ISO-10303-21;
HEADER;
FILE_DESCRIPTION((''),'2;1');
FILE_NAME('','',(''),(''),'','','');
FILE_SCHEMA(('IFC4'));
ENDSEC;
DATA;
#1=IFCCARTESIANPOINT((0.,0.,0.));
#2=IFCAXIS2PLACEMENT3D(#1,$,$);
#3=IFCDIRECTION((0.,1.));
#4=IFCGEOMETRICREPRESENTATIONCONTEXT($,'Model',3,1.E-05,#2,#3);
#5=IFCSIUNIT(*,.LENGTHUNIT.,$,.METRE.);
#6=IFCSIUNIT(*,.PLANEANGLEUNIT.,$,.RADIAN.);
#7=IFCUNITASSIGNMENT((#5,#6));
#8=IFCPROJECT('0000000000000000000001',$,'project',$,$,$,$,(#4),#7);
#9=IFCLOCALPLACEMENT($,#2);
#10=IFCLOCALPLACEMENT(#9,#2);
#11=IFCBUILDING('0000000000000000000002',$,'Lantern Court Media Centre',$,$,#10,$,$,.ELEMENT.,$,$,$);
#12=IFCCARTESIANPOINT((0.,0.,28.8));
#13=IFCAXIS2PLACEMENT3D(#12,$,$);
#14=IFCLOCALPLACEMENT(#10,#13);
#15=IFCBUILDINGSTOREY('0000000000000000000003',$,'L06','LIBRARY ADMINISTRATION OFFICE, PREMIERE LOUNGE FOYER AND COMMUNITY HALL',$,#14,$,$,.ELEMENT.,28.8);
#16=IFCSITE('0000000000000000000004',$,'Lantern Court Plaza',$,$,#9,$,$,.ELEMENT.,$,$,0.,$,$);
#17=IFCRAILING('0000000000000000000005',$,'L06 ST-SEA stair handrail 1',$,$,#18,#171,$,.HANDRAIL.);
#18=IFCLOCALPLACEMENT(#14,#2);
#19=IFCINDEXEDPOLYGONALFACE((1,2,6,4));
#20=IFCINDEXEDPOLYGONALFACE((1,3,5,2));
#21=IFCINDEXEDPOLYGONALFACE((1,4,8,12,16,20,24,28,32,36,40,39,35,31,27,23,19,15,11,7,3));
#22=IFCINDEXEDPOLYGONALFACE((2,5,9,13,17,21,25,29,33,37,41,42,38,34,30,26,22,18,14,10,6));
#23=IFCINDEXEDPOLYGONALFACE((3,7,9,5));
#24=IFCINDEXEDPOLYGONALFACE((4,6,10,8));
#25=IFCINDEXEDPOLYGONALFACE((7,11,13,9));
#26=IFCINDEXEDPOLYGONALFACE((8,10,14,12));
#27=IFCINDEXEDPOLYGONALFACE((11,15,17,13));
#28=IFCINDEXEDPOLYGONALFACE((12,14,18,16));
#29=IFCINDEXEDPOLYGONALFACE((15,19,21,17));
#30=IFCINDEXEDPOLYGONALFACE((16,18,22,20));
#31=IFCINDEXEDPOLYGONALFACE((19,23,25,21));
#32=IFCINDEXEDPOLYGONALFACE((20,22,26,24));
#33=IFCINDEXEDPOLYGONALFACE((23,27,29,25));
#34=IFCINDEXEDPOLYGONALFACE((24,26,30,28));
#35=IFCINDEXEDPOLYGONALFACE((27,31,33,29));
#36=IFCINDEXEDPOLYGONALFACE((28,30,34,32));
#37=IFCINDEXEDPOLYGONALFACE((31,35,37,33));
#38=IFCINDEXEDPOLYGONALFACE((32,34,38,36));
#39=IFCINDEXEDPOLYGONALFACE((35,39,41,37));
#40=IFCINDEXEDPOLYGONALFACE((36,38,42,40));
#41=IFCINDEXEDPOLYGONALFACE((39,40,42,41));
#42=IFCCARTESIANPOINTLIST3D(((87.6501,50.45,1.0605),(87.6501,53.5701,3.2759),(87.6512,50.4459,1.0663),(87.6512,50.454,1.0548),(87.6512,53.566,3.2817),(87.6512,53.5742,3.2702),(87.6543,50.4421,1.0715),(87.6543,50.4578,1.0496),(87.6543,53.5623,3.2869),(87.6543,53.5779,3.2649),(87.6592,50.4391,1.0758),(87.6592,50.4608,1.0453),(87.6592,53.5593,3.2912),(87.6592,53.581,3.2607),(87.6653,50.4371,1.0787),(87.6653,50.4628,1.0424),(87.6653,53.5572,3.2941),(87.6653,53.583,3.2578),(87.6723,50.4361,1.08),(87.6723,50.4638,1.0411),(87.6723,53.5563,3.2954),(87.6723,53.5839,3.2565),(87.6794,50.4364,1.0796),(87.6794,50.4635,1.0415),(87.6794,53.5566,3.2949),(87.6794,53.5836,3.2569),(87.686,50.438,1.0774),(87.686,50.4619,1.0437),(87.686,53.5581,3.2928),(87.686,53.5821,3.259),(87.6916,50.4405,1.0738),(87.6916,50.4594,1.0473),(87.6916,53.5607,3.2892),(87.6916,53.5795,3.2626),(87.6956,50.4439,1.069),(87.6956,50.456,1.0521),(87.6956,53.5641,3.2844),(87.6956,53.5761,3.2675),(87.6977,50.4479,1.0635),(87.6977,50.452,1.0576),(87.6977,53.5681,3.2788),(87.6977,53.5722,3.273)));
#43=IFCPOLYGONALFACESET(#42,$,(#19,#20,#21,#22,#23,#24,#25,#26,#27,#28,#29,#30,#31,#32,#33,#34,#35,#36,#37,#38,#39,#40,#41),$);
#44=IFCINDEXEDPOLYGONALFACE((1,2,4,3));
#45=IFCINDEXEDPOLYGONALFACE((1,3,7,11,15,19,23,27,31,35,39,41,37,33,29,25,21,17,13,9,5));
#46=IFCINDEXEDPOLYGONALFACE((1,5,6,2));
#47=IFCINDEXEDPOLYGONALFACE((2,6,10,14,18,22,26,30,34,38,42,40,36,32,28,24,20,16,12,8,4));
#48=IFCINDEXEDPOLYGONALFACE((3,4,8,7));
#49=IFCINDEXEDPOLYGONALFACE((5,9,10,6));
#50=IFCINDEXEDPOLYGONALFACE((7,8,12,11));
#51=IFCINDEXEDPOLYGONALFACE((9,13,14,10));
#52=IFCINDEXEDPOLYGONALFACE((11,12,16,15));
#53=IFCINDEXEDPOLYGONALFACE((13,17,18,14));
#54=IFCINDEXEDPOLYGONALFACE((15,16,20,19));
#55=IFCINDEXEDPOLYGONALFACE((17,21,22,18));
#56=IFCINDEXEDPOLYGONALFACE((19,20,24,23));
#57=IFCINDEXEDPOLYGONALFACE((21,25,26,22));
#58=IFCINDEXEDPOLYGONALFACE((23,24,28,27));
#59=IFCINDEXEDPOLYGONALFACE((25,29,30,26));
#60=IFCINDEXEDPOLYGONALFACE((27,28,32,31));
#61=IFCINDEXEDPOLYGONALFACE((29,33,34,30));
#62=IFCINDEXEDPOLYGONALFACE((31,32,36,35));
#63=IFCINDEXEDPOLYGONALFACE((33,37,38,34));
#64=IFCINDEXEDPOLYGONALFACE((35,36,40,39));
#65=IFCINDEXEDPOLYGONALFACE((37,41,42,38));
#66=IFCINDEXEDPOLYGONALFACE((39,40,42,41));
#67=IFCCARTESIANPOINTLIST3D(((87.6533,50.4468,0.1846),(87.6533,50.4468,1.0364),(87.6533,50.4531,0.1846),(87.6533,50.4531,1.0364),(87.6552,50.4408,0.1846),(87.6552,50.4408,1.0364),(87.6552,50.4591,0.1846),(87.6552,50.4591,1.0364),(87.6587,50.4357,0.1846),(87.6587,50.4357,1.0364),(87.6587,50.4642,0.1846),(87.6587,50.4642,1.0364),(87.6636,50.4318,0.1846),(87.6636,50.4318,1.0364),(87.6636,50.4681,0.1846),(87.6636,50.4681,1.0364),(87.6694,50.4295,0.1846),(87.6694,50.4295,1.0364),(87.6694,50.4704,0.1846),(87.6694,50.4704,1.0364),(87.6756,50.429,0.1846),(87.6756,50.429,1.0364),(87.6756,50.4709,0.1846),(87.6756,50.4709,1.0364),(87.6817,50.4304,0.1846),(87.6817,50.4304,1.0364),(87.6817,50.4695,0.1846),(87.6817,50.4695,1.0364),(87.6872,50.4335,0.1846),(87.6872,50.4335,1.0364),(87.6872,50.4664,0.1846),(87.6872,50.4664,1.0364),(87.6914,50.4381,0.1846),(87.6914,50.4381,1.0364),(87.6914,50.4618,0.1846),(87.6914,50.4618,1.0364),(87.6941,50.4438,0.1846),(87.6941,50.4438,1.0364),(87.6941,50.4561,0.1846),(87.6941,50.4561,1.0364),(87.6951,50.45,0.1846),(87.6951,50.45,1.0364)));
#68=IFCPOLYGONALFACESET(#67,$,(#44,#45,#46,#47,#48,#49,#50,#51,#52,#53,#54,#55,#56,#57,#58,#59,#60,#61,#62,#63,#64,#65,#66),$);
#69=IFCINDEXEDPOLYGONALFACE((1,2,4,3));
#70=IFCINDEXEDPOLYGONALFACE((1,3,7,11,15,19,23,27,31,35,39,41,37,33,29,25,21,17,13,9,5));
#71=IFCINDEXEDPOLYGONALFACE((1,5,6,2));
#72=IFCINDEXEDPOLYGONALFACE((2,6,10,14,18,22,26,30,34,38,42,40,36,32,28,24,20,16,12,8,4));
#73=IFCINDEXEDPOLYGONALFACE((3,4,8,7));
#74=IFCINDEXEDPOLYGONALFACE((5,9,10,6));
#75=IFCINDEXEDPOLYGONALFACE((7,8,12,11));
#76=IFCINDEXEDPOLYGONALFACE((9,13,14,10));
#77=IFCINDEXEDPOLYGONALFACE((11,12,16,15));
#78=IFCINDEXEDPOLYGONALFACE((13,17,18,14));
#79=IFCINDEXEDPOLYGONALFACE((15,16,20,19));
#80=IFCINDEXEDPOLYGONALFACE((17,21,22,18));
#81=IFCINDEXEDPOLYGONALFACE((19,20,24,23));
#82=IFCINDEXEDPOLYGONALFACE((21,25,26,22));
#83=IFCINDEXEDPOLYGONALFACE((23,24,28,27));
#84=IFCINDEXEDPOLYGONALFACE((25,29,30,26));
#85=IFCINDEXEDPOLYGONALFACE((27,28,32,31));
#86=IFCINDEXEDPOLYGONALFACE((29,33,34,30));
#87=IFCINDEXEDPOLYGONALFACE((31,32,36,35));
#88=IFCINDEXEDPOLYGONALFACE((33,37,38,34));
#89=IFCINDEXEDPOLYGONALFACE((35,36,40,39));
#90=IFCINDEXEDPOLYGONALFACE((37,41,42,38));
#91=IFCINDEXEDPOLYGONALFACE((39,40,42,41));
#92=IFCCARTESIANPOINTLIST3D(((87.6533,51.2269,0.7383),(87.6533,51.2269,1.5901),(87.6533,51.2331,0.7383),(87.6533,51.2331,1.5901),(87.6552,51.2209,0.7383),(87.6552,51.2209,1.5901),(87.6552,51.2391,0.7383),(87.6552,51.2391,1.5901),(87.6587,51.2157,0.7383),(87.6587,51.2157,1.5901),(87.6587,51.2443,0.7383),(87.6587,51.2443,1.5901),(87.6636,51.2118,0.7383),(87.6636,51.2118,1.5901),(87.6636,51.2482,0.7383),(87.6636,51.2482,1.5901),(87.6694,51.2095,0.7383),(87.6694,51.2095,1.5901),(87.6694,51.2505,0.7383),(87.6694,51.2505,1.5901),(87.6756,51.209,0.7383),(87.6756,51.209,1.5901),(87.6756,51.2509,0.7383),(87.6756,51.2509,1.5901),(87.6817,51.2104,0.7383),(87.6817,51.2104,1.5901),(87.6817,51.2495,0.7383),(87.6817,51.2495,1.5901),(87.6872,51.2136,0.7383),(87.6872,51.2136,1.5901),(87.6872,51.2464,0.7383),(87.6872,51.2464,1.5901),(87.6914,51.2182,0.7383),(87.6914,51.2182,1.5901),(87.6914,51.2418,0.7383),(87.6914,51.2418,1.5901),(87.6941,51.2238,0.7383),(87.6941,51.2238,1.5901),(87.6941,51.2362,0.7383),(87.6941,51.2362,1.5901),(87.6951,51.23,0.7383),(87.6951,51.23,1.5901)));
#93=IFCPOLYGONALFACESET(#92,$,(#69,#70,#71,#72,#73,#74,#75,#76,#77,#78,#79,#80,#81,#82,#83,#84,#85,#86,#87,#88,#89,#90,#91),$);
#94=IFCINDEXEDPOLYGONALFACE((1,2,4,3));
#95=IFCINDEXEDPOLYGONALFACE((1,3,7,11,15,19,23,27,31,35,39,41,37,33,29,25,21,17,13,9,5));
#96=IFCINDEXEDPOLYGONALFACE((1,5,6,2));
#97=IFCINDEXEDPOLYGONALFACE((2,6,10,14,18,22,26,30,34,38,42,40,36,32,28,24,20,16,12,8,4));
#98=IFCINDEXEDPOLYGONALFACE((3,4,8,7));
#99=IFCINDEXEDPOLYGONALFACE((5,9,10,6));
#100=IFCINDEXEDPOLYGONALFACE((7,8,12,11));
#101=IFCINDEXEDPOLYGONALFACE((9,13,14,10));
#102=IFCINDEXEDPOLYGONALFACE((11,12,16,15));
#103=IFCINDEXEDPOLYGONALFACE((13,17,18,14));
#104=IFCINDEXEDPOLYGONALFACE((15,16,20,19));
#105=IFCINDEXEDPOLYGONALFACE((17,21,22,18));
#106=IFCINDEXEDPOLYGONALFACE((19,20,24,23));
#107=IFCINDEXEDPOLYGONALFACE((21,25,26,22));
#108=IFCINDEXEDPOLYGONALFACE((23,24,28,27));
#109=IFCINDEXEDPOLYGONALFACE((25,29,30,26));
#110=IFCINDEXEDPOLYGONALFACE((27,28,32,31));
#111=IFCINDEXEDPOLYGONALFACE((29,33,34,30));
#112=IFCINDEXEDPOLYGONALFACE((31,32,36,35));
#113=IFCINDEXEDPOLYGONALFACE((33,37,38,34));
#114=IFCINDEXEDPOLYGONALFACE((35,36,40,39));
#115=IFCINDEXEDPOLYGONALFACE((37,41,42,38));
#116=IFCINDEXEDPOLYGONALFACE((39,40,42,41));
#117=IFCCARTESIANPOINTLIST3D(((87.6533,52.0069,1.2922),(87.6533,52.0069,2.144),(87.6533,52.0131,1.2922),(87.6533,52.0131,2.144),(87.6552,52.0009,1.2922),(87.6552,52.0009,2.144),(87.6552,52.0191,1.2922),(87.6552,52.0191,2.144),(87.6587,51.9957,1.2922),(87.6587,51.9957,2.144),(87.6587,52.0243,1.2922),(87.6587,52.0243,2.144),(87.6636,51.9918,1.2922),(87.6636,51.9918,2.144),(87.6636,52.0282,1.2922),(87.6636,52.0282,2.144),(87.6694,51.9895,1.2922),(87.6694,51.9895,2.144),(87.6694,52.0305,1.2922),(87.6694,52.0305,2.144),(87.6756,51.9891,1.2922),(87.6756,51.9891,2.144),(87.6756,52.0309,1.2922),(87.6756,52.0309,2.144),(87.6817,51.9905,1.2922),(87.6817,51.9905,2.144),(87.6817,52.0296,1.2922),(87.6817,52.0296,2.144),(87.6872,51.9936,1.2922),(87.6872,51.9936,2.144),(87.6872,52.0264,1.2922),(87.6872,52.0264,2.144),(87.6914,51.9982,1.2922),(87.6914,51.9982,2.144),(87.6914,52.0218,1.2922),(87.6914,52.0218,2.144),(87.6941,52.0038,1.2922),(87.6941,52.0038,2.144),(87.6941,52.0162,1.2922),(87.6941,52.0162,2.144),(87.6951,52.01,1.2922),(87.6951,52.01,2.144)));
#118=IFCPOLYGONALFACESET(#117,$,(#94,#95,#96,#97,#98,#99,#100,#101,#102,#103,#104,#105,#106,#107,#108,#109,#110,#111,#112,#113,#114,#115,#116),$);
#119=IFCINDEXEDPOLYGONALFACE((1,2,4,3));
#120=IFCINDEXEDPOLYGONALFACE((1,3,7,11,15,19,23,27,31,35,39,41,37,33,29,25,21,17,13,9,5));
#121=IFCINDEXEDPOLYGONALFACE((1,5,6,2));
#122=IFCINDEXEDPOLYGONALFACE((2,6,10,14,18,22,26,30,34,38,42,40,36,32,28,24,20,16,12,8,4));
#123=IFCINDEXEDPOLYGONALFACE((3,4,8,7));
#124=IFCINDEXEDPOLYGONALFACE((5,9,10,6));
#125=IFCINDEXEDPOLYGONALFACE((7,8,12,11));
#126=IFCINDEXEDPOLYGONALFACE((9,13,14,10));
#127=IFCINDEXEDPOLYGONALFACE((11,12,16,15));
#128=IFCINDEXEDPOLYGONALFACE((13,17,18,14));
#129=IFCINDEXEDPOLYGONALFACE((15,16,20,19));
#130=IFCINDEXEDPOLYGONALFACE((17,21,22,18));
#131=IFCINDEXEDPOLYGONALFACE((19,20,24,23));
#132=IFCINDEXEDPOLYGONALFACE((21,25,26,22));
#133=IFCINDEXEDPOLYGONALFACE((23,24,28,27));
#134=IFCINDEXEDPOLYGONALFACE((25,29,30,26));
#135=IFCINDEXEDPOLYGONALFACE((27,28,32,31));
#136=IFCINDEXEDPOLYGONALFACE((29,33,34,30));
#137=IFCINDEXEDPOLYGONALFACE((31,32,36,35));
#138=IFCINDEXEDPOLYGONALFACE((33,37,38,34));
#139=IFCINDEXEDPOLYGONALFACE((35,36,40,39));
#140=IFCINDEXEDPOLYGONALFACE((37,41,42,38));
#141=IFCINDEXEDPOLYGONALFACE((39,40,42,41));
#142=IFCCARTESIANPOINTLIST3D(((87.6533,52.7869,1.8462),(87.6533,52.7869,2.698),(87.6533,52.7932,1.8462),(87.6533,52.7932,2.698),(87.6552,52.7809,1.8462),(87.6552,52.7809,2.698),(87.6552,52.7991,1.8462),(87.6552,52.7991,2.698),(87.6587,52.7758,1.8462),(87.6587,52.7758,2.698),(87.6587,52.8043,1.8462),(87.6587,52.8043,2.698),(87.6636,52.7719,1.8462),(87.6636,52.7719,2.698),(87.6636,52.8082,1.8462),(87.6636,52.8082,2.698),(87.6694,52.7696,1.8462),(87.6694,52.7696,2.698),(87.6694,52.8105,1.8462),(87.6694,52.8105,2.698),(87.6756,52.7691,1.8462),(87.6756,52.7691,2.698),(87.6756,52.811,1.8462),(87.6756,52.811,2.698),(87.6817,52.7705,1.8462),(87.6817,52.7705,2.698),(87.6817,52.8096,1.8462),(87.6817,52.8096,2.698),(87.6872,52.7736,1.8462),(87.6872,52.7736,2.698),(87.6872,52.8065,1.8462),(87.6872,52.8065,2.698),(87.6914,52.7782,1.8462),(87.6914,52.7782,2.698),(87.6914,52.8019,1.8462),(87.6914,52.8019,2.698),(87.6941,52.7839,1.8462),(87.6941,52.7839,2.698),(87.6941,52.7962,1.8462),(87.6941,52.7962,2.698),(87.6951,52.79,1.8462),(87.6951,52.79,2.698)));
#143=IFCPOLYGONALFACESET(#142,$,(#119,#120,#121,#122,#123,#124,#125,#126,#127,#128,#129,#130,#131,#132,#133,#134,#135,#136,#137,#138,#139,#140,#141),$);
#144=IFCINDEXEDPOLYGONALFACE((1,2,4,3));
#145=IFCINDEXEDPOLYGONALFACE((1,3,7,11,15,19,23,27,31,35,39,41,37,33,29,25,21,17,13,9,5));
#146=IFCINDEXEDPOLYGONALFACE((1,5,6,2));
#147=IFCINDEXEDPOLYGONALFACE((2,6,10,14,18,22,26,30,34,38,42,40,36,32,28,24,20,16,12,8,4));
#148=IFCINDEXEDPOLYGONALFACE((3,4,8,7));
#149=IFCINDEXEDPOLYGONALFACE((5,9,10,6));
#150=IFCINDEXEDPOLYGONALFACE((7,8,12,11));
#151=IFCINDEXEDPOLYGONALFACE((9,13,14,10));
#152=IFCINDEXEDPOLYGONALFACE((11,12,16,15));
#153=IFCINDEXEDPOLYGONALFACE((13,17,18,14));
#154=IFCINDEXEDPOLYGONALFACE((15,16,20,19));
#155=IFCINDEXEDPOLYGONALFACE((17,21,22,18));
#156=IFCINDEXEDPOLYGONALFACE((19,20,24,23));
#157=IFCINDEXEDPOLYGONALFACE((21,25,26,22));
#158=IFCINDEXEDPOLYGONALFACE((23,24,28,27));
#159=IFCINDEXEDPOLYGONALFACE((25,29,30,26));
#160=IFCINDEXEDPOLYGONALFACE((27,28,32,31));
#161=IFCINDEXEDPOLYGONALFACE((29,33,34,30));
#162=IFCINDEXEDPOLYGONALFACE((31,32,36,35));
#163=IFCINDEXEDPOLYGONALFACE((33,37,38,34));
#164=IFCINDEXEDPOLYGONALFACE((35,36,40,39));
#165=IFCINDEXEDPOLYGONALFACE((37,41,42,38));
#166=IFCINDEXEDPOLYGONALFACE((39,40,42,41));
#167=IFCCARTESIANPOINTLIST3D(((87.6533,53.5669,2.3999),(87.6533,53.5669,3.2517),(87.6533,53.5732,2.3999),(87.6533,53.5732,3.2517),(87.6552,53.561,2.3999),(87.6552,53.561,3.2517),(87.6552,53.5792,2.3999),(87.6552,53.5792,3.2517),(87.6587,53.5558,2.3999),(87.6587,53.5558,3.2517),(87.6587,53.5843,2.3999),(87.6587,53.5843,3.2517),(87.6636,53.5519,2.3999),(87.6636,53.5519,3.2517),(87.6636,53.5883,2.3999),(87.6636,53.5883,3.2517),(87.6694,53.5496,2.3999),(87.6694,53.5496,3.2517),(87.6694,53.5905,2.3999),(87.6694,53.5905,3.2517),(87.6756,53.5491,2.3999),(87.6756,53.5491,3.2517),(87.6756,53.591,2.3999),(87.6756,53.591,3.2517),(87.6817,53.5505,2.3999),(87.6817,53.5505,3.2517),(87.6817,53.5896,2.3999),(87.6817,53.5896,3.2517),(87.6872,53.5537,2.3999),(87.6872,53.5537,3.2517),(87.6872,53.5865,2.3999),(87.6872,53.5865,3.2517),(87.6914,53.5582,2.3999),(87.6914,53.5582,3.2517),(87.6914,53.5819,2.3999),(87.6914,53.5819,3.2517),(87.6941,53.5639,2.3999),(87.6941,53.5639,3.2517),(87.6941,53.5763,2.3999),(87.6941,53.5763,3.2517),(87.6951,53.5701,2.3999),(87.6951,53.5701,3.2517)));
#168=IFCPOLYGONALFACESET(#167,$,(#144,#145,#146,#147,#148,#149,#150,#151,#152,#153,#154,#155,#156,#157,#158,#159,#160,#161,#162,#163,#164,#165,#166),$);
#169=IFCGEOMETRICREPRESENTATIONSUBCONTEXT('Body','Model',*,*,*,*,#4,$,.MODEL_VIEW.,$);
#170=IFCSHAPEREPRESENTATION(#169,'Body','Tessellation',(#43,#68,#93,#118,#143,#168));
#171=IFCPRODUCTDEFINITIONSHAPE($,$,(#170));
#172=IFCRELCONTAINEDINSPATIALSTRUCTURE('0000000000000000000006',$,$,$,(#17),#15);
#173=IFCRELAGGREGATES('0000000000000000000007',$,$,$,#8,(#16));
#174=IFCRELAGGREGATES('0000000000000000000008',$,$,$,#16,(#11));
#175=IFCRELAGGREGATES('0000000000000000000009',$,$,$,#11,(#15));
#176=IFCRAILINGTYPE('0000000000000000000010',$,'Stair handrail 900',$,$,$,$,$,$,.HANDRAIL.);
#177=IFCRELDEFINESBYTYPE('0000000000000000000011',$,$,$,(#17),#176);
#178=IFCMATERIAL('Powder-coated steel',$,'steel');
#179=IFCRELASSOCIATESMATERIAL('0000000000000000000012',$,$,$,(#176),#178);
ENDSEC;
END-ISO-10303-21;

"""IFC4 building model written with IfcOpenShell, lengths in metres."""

from ifc_helpers import new_model, si_unit, direction, frame, origin, origin_2d, place, context, subcontext, project, spatial, circle, extrude, material, type_object, element, save


model = new_model("IFC4")

# Units and contexts
model_context = context("Model", 3, precision=1e-05, world=origin(), true_north=direction((0.0, 1.0)))
body_context = subcontext(model_context, "Body", "Model", "MODEL_VIEW")
ifc_project = project(units=[si_unit("LENGTHUNIT", "METRE"), si_unit("PLANEANGLEUNIT", "RADIAN")], contexts=[model_context])

# Site, building, storey
site_placement = place(None, origin())
site = spatial("IfcSite", under=ifc_project, at=site_placement, Name="Lantern Court Plaza", CompositionType="ELEMENT", RefElevation=0.0)
building_placement = place(site_placement, origin())
building = spatial("IfcBuilding", under=site, at=building_placement, Name="Lantern Court Media Centre", CompositionType="ELEMENT")
storey_placement = place(building_placement, frame((0.0, 0.0, 28.8)))
storey = spatial("IfcBuildingStorey", under=building, at=storey_placement, Name="L06", Description="LIBRARY ADMINISTRATION OFFICE, PREMIERE LOUNGE FOYER AND COMMUNITY HALL", CompositionType="ELEMENT", Elevation=28.8)

# Shared definitions
ifc_material_1 = material(Name="Powder-coated steel", Category="steel")

# Railing
railing_type_1 = type_object("IfcRailingType", Name="Stair handrail 900", PredefinedType="HANDRAIL", material=ifc_material_1)
railing_1_placement = place(storey_placement, frame((87.6741, 50.45, 0.1846)))
element("IfcRailing", 1, at=railing_1_placement, inside=storey, type_object=railing_type_1, Name="L06 ST-SEA stair handrail 1", PredefinedType="HANDRAIL", context=body_context, shape_type="SweptSolid", body=[
    extrude(circle(Radius=0.0239, at=origin_2d()), frame((0.0, 0.0, 0.876), z_axis=(0.0, 0.815377, 0.57893), x_axis=(-1.0, 0.0, 0.0)), (0.0, 0.0, 1.0), 3.8267),
    extrude(circle(Radius=0.021, at=origin_2d()), origin(), (0.0, 0.0, 1.0), 0.8518),
    extrude(circle(Radius=0.021, at=origin_2d()), frame((0.0, 0.78, 0.5537)), (0.0, 0.0, 1.0), 0.8518),
    extrude(circle(Radius=0.021, at=origin_2d()), frame((0.0, 1.5601, 1.1077)), (0.0, 0.0, 1.0), 0.8518),
    extrude(circle(Radius=0.021, at=origin_2d()), frame((0.0, 2.3401, 1.6616)), (0.0, 0.0, 1.0), 0.8518),
    extrude(circle(Radius=0.021, at=origin_2d()), frame((0.0, 3.1201, 2.2153)), (0.0, 0.0, 1.0), 0.8518),
])

save(model, "model.ifc")
